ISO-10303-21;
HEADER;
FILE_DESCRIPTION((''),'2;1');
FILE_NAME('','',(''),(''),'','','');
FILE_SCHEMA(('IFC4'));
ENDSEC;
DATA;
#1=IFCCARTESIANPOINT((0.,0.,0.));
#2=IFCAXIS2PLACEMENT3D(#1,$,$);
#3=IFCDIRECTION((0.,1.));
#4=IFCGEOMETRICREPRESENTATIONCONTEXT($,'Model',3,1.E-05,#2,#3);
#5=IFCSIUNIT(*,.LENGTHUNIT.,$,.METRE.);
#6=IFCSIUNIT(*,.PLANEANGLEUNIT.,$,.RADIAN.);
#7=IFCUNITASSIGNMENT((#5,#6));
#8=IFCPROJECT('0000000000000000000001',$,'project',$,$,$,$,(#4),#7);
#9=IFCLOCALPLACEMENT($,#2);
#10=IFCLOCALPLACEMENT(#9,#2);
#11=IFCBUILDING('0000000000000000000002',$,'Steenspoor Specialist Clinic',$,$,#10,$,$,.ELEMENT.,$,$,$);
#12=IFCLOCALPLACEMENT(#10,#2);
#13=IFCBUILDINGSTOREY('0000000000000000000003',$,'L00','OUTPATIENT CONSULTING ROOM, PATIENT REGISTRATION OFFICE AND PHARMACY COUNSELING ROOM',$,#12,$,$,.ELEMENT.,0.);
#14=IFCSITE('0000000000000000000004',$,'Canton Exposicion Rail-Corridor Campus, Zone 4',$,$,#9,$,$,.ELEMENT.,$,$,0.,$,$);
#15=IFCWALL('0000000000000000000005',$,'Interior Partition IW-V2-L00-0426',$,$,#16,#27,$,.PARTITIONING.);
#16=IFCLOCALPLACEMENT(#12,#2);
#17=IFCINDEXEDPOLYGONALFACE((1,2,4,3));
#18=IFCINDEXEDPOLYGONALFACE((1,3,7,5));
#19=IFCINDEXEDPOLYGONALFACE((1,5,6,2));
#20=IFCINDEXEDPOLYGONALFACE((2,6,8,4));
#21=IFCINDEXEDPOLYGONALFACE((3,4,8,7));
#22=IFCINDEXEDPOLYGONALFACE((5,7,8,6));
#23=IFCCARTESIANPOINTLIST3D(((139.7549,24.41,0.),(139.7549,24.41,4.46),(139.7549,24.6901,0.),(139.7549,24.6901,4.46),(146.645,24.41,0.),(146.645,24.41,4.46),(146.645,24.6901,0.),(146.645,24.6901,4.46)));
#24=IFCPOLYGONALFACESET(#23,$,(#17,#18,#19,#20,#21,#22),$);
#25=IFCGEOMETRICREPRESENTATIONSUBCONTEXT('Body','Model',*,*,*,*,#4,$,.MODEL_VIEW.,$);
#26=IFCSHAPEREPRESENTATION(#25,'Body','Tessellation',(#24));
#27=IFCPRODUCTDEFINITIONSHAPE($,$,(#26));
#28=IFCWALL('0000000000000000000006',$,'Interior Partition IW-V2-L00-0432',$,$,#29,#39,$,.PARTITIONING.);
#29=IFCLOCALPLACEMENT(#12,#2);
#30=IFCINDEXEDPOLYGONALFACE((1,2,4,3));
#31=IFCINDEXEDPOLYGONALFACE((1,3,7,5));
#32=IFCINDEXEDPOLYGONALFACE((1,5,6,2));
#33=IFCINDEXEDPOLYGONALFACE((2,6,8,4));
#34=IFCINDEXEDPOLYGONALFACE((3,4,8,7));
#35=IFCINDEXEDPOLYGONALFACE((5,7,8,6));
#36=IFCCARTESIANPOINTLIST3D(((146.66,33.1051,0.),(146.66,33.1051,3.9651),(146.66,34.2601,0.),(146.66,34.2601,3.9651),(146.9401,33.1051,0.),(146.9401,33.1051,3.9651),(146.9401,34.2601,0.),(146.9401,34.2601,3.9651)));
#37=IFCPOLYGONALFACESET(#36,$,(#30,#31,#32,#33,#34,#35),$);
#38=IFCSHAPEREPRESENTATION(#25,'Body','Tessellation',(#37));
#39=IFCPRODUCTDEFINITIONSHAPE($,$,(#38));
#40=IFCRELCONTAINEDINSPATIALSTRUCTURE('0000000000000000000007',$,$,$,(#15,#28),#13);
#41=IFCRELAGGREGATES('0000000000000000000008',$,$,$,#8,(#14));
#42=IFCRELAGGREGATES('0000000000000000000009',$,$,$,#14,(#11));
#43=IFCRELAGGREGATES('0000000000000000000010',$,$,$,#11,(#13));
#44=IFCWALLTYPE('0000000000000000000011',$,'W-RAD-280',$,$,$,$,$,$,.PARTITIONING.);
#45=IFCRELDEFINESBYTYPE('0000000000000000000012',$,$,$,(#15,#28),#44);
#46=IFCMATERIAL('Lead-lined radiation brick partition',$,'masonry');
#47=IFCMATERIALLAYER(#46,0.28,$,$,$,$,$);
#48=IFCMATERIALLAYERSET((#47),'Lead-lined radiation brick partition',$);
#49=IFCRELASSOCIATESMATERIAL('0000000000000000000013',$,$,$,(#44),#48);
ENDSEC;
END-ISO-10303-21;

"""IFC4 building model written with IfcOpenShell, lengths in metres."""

from ifc_helpers import new_model, si_unit, direction, frame, frame_2d, origin, place, context, subcontext, project, spatial, rectangle, extrude, material, layer, layer_set, type_object, element, save


model = new_model("IFC4")

# Units and contexts
model_context = context("Model", 3, precision=1e-05, world=origin(), true_north=direction((0.0, 1.0)))
body_context = subcontext(model_context, "Body", "Model", "MODEL_VIEW")
ifc_project = project(units=[si_unit("LENGTHUNIT", "METRE"), si_unit("PLANEANGLEUNIT", "RADIAN")], contexts=[model_context])

# Site, building, storey
site_placement = place(None, origin())
site = spatial("IfcSite", under=ifc_project, at=site_placement, Name="Canton Exposicion Rail-Corridor Campus, Zone 4", CompositionType="ELEMENT", RefElevation=0.0)
building_placement = place(site_placement, origin())
building = spatial("IfcBuilding", under=site, at=building_placement, Name="Steenspoor Specialist Clinic", CompositionType="ELEMENT")
storey_placement = place(building_placement, origin())
storey = spatial("IfcBuildingStorey", under=building, at=storey_placement, Name="L00", Description="OUTPATIENT CONSULTING ROOM, PATIENT REGISTRATION OFFICE AND PHARMACY COUNSELING ROOM", CompositionType="ELEMENT", Elevation=0.0)

# Shared definitions
ifc_material_1 = material(Name="Lead-lined radiation brick partition", Category="masonry")
ifc_layer_1 = layer(ifc_material_1, 0.28)
ifc_layer_set_1 = layer_set([ifc_layer_1], Name="Lead-lined radiation brick partition")
wall_type_1 = type_object("IfcWallType", Name="W-RAD-280", PredefinedType="PARTITIONING", material=ifc_layer_set_1)

# Walls
wall_1_placement = place(storey_placement, frame((139.7549, 24.55, 0.0), z_axis=(0.0, 0.0, 1.0), x_axis=(1.0, 0.0, 0.0)))
element("IfcWall", 1, at=wall_1_placement, inside=storey, type_object=wall_type_1, Name="Interior Partition IW-V2-L00-0426", PredefinedType="PARTITIONING", context=body_context, shape_type="SweptSolid", body=[
    extrude(rectangle(XDim=6.8901, YDim=0.28, at=frame_2d((3.4451, 0.0))), origin(), (0.0, 0.0, 1.0), 4.46),
])
wall_2_placement = place(storey_placement, frame((146.8, 33.105, 0.0), z_axis=(0.0, 0.0, 1.0), x_axis=(0.0, 1.0, 0.0)))
element("IfcWall", 2, at=wall_2_placement, inside=storey, type_object=wall_type_1, Name="Interior Partition IW-V2-L00-0432", PredefinedType="PARTITIONING", context=body_context, shape_type="SweptSolid", body=[
    extrude(rectangle(XDim=1.155, YDim=0.28, at=frame_2d((0.5776, 0.0))), origin(), (0.0, 0.0, 1.0), 3.9651),
])

save(model, "model.ifc")
